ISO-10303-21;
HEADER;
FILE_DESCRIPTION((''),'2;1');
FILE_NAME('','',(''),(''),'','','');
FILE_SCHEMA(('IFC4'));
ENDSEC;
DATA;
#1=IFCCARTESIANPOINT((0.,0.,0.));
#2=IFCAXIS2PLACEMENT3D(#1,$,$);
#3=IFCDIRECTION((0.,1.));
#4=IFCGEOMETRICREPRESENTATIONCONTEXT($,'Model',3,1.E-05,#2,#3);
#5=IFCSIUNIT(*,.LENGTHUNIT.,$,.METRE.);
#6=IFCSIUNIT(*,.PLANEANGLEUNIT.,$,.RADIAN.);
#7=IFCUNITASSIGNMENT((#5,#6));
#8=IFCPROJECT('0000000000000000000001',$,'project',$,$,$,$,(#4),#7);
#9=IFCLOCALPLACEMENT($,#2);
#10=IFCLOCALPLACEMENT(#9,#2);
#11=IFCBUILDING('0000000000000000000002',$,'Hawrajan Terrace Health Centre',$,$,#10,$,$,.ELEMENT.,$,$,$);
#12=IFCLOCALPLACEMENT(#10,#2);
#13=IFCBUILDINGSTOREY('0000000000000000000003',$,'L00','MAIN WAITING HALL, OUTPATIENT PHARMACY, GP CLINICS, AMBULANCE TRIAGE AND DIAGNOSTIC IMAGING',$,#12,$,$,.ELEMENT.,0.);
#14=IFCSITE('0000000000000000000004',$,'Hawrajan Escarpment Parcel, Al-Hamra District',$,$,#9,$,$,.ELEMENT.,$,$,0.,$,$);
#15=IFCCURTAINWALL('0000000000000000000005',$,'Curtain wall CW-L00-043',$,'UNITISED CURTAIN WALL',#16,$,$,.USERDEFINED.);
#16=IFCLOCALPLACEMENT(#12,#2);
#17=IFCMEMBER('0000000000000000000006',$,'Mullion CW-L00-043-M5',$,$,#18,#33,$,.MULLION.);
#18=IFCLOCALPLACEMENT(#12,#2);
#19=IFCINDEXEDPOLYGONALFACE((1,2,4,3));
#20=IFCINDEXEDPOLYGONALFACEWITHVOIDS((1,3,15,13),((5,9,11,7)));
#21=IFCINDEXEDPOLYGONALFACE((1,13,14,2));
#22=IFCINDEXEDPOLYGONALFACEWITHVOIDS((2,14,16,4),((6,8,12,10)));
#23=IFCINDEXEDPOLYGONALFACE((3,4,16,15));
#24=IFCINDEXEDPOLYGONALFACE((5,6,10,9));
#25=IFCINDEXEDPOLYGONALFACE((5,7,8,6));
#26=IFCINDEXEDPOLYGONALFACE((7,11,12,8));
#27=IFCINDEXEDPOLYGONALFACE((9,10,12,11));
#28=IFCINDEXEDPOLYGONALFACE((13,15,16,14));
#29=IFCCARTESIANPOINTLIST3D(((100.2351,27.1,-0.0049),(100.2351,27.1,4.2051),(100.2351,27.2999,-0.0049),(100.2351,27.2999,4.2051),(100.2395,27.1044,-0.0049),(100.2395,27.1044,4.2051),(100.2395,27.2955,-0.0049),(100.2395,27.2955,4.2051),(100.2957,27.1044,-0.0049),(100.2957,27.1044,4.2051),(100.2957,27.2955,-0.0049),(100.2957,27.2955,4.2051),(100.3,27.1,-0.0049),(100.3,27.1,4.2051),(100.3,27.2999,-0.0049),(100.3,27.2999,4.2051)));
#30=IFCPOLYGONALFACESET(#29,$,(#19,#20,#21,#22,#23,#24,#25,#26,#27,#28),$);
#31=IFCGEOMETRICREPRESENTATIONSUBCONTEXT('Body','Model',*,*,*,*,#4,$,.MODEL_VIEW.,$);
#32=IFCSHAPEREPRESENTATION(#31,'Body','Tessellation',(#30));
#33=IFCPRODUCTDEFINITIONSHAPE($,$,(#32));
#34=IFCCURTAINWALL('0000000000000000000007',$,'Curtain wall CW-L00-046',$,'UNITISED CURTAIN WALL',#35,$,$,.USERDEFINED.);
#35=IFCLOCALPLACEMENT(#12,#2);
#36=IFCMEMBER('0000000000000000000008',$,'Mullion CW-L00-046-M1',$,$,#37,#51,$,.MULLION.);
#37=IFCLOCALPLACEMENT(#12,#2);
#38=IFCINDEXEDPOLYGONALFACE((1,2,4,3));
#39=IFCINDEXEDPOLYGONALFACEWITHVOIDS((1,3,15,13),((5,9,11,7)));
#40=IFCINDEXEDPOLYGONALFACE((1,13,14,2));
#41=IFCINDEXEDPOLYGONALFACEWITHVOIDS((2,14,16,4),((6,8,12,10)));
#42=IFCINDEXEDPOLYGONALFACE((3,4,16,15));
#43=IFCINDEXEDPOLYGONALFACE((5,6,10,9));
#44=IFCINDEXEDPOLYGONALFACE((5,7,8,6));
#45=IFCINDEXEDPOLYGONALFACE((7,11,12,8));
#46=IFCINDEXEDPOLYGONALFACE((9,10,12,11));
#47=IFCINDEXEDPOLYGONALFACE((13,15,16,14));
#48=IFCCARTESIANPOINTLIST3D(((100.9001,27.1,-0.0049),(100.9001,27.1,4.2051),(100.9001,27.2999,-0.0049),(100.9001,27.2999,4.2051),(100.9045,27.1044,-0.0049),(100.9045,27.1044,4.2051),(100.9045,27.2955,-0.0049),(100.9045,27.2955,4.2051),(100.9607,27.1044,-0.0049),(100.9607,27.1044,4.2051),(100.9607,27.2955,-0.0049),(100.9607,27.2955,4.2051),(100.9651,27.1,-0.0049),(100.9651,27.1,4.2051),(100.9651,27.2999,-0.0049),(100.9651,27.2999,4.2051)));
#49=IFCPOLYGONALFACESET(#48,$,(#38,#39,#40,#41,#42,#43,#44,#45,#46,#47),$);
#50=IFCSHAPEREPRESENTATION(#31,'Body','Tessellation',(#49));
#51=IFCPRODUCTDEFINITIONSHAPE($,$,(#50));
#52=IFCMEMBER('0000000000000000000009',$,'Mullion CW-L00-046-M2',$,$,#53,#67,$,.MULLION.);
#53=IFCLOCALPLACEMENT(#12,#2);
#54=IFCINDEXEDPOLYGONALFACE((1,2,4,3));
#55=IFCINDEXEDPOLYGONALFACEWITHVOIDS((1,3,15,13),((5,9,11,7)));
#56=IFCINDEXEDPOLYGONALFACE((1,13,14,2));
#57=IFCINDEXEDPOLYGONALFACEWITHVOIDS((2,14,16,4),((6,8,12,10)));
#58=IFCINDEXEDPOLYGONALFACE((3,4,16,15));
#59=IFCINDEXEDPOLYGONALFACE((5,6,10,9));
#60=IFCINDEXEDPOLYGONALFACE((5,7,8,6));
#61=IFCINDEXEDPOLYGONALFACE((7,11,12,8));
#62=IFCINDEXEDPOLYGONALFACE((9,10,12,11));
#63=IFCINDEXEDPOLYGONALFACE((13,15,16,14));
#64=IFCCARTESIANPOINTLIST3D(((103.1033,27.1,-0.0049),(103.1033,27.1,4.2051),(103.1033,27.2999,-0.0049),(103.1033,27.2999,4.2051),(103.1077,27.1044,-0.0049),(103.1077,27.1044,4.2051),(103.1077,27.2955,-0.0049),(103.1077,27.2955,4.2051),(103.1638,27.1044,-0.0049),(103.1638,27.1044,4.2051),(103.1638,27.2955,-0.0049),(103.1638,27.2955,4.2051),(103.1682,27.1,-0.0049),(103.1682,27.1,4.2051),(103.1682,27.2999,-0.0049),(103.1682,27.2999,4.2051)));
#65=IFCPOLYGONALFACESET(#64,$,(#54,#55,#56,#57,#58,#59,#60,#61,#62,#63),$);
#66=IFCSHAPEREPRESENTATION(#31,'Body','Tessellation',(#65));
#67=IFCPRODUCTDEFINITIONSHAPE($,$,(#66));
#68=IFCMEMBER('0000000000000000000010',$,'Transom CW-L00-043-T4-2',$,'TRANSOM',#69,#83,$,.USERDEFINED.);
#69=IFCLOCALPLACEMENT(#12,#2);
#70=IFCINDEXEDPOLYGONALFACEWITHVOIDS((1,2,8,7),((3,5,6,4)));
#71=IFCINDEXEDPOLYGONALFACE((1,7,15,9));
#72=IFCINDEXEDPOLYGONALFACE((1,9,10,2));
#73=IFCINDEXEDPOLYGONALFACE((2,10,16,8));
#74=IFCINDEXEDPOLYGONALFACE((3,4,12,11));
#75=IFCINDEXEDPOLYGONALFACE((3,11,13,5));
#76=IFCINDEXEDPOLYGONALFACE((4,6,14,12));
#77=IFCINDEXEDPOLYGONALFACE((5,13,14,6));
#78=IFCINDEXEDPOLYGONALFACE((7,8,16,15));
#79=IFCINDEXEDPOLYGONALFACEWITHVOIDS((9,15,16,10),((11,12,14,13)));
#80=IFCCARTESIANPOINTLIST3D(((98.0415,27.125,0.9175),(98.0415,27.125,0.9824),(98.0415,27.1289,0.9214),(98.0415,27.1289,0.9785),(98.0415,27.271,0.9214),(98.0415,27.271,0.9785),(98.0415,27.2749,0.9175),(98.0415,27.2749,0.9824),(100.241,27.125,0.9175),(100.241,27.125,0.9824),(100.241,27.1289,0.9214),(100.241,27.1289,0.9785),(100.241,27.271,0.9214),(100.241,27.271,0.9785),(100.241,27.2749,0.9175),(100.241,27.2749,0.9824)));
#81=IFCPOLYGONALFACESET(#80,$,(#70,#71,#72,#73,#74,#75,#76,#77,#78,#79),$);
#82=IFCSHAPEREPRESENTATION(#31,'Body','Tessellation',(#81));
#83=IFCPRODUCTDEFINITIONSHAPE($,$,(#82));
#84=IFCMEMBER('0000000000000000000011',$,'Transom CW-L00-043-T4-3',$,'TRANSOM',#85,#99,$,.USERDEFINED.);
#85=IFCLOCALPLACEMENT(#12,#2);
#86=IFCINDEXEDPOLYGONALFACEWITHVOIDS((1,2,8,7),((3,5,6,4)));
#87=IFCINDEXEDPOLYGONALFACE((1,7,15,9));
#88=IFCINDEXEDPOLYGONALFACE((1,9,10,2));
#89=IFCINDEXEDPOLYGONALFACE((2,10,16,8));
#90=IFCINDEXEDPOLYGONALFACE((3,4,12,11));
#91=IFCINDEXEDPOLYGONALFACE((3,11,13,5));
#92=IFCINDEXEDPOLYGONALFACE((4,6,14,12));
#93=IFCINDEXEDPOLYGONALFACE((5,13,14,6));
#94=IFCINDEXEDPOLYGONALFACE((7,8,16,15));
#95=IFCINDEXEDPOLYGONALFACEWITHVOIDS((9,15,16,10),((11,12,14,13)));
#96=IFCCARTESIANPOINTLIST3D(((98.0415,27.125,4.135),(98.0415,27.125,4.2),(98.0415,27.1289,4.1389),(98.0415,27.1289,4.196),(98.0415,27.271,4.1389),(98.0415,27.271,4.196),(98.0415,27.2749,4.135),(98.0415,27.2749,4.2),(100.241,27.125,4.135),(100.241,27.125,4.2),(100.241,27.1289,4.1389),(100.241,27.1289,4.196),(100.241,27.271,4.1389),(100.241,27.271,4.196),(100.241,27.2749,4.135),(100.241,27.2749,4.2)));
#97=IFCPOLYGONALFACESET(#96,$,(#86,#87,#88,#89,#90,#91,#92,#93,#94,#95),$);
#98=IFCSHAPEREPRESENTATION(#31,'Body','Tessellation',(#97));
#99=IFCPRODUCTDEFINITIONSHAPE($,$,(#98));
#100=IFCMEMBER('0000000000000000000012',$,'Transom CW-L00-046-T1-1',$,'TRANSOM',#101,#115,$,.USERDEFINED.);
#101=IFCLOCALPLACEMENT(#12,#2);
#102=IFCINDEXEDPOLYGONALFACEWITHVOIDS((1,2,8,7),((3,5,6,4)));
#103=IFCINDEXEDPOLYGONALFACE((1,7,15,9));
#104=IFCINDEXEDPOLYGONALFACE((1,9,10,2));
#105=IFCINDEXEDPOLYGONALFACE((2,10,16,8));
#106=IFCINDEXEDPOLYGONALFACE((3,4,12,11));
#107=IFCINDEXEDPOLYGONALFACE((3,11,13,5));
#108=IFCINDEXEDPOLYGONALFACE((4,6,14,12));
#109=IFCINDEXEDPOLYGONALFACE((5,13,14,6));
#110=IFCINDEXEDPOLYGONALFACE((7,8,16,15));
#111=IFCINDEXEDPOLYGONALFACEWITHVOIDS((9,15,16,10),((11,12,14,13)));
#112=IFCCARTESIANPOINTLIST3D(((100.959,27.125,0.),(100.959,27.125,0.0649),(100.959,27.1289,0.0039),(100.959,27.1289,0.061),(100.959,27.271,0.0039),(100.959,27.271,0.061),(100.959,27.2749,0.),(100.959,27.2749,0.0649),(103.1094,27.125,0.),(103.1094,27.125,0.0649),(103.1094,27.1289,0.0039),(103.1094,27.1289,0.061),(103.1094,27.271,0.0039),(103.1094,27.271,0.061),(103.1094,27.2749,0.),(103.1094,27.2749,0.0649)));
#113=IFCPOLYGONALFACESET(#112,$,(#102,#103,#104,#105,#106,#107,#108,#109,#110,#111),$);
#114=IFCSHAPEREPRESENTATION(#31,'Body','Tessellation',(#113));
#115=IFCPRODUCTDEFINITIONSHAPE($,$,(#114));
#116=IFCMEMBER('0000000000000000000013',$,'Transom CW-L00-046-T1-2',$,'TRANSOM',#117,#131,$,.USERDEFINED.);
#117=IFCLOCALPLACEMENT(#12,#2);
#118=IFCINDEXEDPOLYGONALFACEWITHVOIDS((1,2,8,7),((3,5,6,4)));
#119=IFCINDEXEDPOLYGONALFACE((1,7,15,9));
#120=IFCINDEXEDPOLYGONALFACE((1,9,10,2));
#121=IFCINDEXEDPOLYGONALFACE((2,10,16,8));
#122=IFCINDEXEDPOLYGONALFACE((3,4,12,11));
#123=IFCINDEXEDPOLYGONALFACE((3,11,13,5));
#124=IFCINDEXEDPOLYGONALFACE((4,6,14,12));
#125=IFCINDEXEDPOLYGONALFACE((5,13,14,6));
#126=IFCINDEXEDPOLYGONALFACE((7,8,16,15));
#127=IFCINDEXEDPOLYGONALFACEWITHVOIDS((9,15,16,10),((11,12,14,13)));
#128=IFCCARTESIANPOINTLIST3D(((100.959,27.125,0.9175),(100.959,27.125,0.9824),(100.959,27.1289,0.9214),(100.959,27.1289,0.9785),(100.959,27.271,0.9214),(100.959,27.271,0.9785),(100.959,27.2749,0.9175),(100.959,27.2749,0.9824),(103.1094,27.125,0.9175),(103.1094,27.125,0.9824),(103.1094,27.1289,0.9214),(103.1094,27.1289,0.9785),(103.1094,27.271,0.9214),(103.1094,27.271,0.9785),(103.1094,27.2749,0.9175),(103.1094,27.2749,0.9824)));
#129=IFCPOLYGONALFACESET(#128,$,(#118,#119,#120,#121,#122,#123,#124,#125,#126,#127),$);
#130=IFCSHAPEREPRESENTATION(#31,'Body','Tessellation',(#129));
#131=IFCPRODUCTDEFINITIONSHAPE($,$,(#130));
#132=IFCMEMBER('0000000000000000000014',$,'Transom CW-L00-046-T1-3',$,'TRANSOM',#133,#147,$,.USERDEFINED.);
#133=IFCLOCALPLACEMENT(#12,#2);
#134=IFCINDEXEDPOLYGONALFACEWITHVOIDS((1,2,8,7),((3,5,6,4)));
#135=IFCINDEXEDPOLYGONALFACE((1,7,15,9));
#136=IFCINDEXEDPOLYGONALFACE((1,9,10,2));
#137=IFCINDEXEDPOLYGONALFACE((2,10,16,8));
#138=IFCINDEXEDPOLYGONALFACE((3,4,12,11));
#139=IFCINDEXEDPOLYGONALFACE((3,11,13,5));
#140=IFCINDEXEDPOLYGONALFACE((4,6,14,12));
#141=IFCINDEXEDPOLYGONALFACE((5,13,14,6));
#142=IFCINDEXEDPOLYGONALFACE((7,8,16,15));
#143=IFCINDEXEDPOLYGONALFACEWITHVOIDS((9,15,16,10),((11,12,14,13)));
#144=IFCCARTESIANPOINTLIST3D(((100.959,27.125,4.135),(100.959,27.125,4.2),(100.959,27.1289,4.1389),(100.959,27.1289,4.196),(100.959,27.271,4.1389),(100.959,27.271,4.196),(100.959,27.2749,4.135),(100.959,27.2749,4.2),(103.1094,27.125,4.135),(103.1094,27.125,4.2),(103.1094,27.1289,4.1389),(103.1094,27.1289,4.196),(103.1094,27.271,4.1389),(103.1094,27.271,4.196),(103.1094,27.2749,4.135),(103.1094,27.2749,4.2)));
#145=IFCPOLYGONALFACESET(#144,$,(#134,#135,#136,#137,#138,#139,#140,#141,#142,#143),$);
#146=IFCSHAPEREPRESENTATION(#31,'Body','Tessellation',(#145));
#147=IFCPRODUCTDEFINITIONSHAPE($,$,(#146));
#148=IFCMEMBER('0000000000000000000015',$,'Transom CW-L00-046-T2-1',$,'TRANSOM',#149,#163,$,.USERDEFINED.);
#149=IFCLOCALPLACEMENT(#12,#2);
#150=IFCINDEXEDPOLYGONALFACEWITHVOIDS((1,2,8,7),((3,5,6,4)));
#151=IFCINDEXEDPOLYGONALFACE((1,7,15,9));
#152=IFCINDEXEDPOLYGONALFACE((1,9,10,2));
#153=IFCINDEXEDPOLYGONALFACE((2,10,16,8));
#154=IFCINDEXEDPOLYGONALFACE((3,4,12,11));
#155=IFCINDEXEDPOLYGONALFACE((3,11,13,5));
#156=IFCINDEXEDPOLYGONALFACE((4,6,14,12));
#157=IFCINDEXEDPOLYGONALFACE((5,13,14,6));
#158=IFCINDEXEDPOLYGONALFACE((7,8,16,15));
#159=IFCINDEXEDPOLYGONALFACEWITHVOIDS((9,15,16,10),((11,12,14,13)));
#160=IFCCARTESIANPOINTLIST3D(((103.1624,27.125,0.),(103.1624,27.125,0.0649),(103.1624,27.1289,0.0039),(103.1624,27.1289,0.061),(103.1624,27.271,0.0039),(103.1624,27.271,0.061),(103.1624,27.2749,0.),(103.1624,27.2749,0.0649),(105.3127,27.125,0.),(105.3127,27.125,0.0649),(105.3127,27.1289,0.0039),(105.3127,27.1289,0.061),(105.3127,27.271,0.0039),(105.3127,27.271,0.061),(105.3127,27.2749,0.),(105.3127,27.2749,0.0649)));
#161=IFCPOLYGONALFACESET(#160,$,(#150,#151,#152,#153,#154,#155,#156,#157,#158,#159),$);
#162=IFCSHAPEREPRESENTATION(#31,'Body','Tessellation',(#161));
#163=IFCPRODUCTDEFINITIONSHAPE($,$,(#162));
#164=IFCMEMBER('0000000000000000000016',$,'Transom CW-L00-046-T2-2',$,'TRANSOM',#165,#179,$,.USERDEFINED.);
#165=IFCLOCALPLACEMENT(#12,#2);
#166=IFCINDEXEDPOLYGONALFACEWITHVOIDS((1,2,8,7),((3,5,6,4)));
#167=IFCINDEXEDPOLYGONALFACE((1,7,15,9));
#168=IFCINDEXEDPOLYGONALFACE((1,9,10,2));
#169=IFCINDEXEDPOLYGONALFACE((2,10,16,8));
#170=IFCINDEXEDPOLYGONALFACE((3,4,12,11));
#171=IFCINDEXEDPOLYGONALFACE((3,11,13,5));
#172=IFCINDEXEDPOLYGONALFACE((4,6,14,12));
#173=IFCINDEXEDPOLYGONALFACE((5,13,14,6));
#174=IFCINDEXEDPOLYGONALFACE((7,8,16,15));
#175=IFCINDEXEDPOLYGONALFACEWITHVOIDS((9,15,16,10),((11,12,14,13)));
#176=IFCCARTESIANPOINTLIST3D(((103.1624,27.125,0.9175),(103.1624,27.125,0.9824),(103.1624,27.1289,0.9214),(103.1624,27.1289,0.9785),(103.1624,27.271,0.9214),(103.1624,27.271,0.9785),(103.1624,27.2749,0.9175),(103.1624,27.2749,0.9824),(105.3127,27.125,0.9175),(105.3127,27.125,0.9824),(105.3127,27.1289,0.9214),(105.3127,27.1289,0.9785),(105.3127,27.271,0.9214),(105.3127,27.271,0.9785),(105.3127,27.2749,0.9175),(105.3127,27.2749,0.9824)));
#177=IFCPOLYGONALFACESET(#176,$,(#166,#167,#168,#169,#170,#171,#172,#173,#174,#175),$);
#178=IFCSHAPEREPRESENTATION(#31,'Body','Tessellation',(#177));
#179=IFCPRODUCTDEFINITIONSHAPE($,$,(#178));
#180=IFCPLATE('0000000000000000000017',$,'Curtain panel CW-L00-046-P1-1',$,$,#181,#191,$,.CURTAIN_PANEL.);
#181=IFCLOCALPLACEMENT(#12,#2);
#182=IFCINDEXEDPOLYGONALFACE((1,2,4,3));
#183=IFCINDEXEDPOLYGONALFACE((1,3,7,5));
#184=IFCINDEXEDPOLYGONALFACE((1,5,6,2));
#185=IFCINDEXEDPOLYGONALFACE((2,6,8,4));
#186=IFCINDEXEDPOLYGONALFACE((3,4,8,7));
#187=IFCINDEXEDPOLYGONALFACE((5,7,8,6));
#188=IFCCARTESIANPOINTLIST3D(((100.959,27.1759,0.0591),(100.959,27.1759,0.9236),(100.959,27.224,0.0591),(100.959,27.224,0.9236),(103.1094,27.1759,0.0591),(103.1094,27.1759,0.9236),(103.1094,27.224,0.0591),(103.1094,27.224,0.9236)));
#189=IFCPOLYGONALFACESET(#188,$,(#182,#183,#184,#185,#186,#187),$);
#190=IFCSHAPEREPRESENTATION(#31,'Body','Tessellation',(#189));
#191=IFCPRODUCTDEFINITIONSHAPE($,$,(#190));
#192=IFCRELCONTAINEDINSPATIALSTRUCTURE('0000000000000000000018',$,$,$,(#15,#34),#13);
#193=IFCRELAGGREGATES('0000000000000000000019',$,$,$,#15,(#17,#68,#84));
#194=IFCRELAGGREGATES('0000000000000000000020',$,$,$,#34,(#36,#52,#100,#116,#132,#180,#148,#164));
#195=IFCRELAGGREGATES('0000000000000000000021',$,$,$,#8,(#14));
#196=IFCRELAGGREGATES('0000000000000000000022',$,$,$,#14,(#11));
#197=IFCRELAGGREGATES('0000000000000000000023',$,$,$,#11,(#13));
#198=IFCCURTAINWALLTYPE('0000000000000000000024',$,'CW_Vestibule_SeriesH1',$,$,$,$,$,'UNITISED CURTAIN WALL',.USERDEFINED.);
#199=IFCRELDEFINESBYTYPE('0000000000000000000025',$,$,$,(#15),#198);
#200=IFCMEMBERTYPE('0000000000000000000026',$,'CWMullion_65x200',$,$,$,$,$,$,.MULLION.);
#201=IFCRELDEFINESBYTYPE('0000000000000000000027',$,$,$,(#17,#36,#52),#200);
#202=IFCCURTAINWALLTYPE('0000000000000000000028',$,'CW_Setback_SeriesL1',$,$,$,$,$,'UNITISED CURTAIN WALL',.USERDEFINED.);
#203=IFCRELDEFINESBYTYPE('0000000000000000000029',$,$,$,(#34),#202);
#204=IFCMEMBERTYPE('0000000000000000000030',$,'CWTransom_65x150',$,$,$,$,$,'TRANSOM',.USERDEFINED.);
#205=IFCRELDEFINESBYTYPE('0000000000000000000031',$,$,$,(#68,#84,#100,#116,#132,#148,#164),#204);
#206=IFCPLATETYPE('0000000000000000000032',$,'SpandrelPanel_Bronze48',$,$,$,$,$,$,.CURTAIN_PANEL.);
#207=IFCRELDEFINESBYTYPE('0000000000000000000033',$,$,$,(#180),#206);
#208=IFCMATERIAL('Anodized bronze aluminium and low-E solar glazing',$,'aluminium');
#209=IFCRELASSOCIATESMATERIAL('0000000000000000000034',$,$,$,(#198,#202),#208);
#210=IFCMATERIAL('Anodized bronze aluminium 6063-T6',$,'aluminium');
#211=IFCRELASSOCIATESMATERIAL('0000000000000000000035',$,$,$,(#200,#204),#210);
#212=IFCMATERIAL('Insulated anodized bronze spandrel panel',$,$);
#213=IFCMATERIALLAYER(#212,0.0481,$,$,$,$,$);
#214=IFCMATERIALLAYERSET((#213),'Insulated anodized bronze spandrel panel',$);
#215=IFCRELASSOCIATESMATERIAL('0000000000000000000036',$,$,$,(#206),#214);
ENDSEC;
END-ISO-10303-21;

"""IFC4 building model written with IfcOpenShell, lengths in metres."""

from ifc_helpers import new_model, si_unit, direction, frame, origin, origin_2d, place, context, subcontext, project, spatial, rectangle, hollow_rectangle, extrude, material, layer, layer_set, material_profile, profile_set, type_object, element, aggregate, save


model = new_model("IFC4")

# Units and contexts
model_context = context("Model", 3, precision=1e-05, world=origin(), true_north=direction((0.0, 1.0)))
body_context = subcontext(model_context, "Body", "Model", "MODEL_VIEW")
ifc_project = project(units=[si_unit("LENGTHUNIT", "METRE"), si_unit("PLANEANGLEUNIT", "RADIAN")], contexts=[model_context])

# Site, building, storey
site_placement = place(None, origin())
site = spatial("IfcSite", under=ifc_project, at=site_placement, Name="Hawrajan Escarpment Parcel, Al-Hamra District", CompositionType="ELEMENT", RefElevation=0.0)
building_placement = place(site_placement, origin())
building = spatial("IfcBuilding", under=site, at=building_placement, Name="Hawrajan Terrace Health Centre", CompositionType="ELEMENT")
storey_placement = place(building_placement, origin())
storey = spatial("IfcBuildingStorey", under=building, at=storey_placement, Name="L00", Description="MAIN WAITING HALL, OUTPATIENT PHARMACY, GP CLINICS, AMBULANCE TRIAGE AND DIAGNOSTIC IMAGING", CompositionType="ELEMENT", Elevation=0.0)

# Curtain wall, member
ifc_material_1 = material(Name="Anodized bronze aluminium and low-E solar glazing", Category="aluminium")
ifc_material_2 = material(Name="Anodized bronze aluminium 6063-T6", Category="aluminium")
curtain_wall_type_1 = type_object("IfcCurtainWallType", Name="CW_Vestibule_SeriesH1", ElementType="UNITISED CURTAIN WALL", PredefinedType="USERDEFINED", material=ifc_material_1)
curtain_wall_1_placement = place(storey_placement, origin())
curtain_wall_1 = element("IfcCurtainWall", 1, at=curtain_wall_1_placement, inside=storey, type_object=curtain_wall_type_1, Name="Curtain wall CW-L00-043", ObjectType="UNITISED CURTAIN WALL", PredefinedType="USERDEFINED")
ifc_material_profile_1 = material_profile(ifc_material_2, hollow_rectangle(XDim=0.0649, YDim=0.2, WallThickness=0.0044, at=origin_2d()), Name="CW MUL 65x200")
ifc_profile_set_1 = profile_set([ifc_material_profile_1], Name="Anodized bronze aluminium 6063-T6")
member_type_1 = type_object("IfcMemberType", Name="CWMullion_65x200", PredefinedType="MULLION", material=ifc_profile_set_1)
member_1_placement = place(storey_placement, frame((100.2676, 27.2, -0.0049), z_axis=(0.0, 0.0, 1.0), x_axis=(1.0, 0.0, 0.0)))
member_1 = element("IfcMember", 2, at=member_1_placement, type_object=member_type_1, Name="Mullion CW-L00-043-M5", PredefinedType="MULLION", context=body_context, shape_type="SweptSolid", body=[
    extrude(hollow_rectangle(XDim=0.0649, YDim=0.2, WallThickness=0.0044, at=origin_2d()), origin(), (0.0, 0.0, 1.0), 4.21),
])

# Curtain wall, members
curtain_wall_type_2 = type_object("IfcCurtainWallType", Name="CW_Setback_SeriesL1", ElementType="UNITISED CURTAIN WALL", PredefinedType="USERDEFINED", material=ifc_material_1)
curtain_wall_2_placement = place(storey_placement, origin())
curtain_wall_2 = element("IfcCurtainWall", 3, at=curtain_wall_2_placement, inside=storey, type_object=curtain_wall_type_2, Name="Curtain wall CW-L00-046", ObjectType="UNITISED CURTAIN WALL", PredefinedType="USERDEFINED")
member_2_placement = place(storey_placement, frame((100.9326, 27.2, -0.0049), z_axis=(0.0, 0.0, 1.0), x_axis=(1.0, 0.0, 0.0)))
member_2 = element("IfcMember", 4, at=member_2_placement, type_object=member_type_1, Name="Mullion CW-L00-046-M1", PredefinedType="MULLION", context=body_context, shape_type="SweptSolid", body=[
    extrude(hollow_rectangle(XDim=0.0649, YDim=0.2, WallThickness=0.0044, at=origin_2d()), origin(), (0.0, 0.0, 1.0), 4.21),
])
member_3_placement = place(storey_placement, frame((103.1357, 27.2, -0.0049), z_axis=(0.0, 0.0, 1.0), x_axis=(1.0, 0.0, 0.0)))
member_3 = element("IfcMember", 5, at=member_3_placement, type_object=member_type_1, Name="Mullion CW-L00-046-M2", PredefinedType="MULLION", context=body_context, shape_type="SweptSolid", body=[
    extrude(hollow_rectangle(XDim=0.0649, YDim=0.2, WallThickness=0.0044, at=origin_2d()), origin(), (0.0, 0.0, 1.0), 4.21),
])

# Members
ifc_material_profile_2 = material_profile(ifc_material_2, hollow_rectangle(XDim=0.0649, YDim=0.1499, WallThickness=0.0039, at=origin_2d()), Name="CW TRN 65x150")
ifc_profile_set_2 = profile_set([ifc_material_profile_2], Name="Anodized bronze aluminium 6063-T6")
member_type_2 = type_object("IfcMemberType", Name="CWTransom_65x150", ElementType="TRANSOM", PredefinedType="USERDEFINED", material=ifc_profile_set_2)
member_4_placement = place(storey_placement, frame((98.0415, 27.2, 0.95), z_axis=(1.0, 0.0, 0.0), x_axis=(0.0, 0.0, 1.0)))
member_4 = element("IfcMember", 6, at=member_4_placement, type_object=member_type_2, Name="Transom CW-L00-043-T4-2", ObjectType="TRANSOM", PredefinedType="USERDEFINED", context=body_context, shape_type="SweptSolid", body=[
    extrude(hollow_rectangle(XDim=0.0649, YDim=0.1499, WallThickness=0.0039, at=origin_2d()), origin(), (0.0, 0.0, 1.0), 2.1995),
])
member_5_placement = place(storey_placement, frame((98.0415, 27.2, 4.1675), z_axis=(1.0, 0.0, 0.0), x_axis=(0.0, 0.0, 1.0)))
member_5 = element("IfcMember", 7, at=member_5_placement, type_object=member_type_2, Name="Transom CW-L00-043-T4-3", ObjectType="TRANSOM", PredefinedType="USERDEFINED", context=body_context, shape_type="SweptSolid", body=[
    extrude(hollow_rectangle(XDim=0.0649, YDim=0.1499, WallThickness=0.0039, at=origin_2d()), origin(), (0.0, 0.0, 1.0), 2.1995),
])
member_6_placement = place(storey_placement, frame((100.959, 27.2, 0.0325), z_axis=(1.0, 0.0, 0.0), x_axis=(0.0, 0.0, 1.0)))
member_6 = element("IfcMember", 8, at=member_6_placement, type_object=member_type_2, Name="Transom CW-L00-046-T1-1", ObjectType="TRANSOM", PredefinedType="USERDEFINED", context=body_context, shape_type="SweptSolid", body=[
    extrude(hollow_rectangle(XDim=0.0649, YDim=0.1499, WallThickness=0.0039, at=origin_2d()), origin(), (0.0, 0.0, 1.0), 2.1504),
])
member_7_placement = place(storey_placement, frame((100.959, 27.2, 0.95), z_axis=(1.0, 0.0, 0.0), x_axis=(0.0, 0.0, 1.0)))
member_7 = element("IfcMember", 9, at=member_7_placement, type_object=member_type_2, Name="Transom CW-L00-046-T1-2", ObjectType="TRANSOM", PredefinedType="USERDEFINED", context=body_context, shape_type="SweptSolid", body=[
    extrude(hollow_rectangle(XDim=0.0649, YDim=0.1499, WallThickness=0.0039, at=origin_2d()), origin(), (0.0, 0.0, 1.0), 2.1504),
])
member_8_placement = place(storey_placement, frame((100.959, 27.2, 4.1675), z_axis=(1.0, 0.0, 0.0), x_axis=(0.0, 0.0, 1.0)))
member_8 = element("IfcMember", 10, at=member_8_placement, type_object=member_type_2, Name="Transom CW-L00-046-T1-3", ObjectType="TRANSOM", PredefinedType="USERDEFINED", context=body_context, shape_type="SweptSolid", body=[
    extrude(hollow_rectangle(XDim=0.0649, YDim=0.1499, WallThickness=0.0039, at=origin_2d()), origin(), (0.0, 0.0, 1.0), 2.1504),
])
member_9_placement = place(storey_placement, frame((103.1624, 27.2, 0.0325), z_axis=(1.0, 0.0, 0.0), x_axis=(0.0, 0.0, 1.0)))
member_9 = element("IfcMember", 11, at=member_9_placement, type_object=member_type_2, Name="Transom CW-L00-046-T2-1", ObjectType="TRANSOM", PredefinedType="USERDEFINED", context=body_context, shape_type="SweptSolid", body=[
    extrude(hollow_rectangle(XDim=0.0649, YDim=0.1499, WallThickness=0.0039, at=origin_2d()), origin(), (0.0, 0.0, 1.0), 2.1504),
])
member_10_placement = place(storey_placement, frame((103.1624, 27.2, 0.95), z_axis=(1.0, 0.0, 0.0), x_axis=(0.0, 0.0, 1.0)))
member_10 = element("IfcMember", 12, at=member_10_placement, type_object=member_type_2, Name="Transom CW-L00-046-T2-2", ObjectType="TRANSOM", PredefinedType="USERDEFINED", context=body_context, shape_type="SweptSolid", body=[
    extrude(hollow_rectangle(XDim=0.0649, YDim=0.1499, WallThickness=0.0039, at=origin_2d()), origin(), (0.0, 0.0, 1.0), 2.1504),
])

# Plate
ifc_material_3 = material(Name="Insulated anodized bronze spandrel panel")
ifc_layer_1 = layer(ifc_material_3, 0.0481)
ifc_layer_set_1 = layer_set([ifc_layer_1], Name="Insulated anodized bronze spandrel panel")
plate_type_1 = type_object("IfcPlateType", Name="SpandrelPanel_Bronze48", PredefinedType="CURTAIN_PANEL", material=ifc_layer_set_1)
plate_1_placement = place(storey_placement, frame((102.0342, 27.2, 0.0591), z_axis=(0.0, 0.0, 1.0), x_axis=(1.0, 0.0, 0.0)))
plate_1 = element("IfcPlate", 13, at=plate_1_placement, type_object=plate_type_1, Name="Curtain panel CW-L00-046-P1-1", PredefinedType="CURTAIN_PANEL", context=body_context, shape_type="SweptSolid", body=[
    extrude(rectangle(XDim=2.1504, YDim=0.0481, at=origin_2d()), origin(), (0.0, 0.0, 1.0), 0.8645),
])
aggregate(curtain_wall_1, [member_1, member_4, member_5])
aggregate(curtain_wall_2, [member_2, member_3, member_6, member_7, member_8, plate_1, member_9, member_10])

save(model, "model.ifc")
